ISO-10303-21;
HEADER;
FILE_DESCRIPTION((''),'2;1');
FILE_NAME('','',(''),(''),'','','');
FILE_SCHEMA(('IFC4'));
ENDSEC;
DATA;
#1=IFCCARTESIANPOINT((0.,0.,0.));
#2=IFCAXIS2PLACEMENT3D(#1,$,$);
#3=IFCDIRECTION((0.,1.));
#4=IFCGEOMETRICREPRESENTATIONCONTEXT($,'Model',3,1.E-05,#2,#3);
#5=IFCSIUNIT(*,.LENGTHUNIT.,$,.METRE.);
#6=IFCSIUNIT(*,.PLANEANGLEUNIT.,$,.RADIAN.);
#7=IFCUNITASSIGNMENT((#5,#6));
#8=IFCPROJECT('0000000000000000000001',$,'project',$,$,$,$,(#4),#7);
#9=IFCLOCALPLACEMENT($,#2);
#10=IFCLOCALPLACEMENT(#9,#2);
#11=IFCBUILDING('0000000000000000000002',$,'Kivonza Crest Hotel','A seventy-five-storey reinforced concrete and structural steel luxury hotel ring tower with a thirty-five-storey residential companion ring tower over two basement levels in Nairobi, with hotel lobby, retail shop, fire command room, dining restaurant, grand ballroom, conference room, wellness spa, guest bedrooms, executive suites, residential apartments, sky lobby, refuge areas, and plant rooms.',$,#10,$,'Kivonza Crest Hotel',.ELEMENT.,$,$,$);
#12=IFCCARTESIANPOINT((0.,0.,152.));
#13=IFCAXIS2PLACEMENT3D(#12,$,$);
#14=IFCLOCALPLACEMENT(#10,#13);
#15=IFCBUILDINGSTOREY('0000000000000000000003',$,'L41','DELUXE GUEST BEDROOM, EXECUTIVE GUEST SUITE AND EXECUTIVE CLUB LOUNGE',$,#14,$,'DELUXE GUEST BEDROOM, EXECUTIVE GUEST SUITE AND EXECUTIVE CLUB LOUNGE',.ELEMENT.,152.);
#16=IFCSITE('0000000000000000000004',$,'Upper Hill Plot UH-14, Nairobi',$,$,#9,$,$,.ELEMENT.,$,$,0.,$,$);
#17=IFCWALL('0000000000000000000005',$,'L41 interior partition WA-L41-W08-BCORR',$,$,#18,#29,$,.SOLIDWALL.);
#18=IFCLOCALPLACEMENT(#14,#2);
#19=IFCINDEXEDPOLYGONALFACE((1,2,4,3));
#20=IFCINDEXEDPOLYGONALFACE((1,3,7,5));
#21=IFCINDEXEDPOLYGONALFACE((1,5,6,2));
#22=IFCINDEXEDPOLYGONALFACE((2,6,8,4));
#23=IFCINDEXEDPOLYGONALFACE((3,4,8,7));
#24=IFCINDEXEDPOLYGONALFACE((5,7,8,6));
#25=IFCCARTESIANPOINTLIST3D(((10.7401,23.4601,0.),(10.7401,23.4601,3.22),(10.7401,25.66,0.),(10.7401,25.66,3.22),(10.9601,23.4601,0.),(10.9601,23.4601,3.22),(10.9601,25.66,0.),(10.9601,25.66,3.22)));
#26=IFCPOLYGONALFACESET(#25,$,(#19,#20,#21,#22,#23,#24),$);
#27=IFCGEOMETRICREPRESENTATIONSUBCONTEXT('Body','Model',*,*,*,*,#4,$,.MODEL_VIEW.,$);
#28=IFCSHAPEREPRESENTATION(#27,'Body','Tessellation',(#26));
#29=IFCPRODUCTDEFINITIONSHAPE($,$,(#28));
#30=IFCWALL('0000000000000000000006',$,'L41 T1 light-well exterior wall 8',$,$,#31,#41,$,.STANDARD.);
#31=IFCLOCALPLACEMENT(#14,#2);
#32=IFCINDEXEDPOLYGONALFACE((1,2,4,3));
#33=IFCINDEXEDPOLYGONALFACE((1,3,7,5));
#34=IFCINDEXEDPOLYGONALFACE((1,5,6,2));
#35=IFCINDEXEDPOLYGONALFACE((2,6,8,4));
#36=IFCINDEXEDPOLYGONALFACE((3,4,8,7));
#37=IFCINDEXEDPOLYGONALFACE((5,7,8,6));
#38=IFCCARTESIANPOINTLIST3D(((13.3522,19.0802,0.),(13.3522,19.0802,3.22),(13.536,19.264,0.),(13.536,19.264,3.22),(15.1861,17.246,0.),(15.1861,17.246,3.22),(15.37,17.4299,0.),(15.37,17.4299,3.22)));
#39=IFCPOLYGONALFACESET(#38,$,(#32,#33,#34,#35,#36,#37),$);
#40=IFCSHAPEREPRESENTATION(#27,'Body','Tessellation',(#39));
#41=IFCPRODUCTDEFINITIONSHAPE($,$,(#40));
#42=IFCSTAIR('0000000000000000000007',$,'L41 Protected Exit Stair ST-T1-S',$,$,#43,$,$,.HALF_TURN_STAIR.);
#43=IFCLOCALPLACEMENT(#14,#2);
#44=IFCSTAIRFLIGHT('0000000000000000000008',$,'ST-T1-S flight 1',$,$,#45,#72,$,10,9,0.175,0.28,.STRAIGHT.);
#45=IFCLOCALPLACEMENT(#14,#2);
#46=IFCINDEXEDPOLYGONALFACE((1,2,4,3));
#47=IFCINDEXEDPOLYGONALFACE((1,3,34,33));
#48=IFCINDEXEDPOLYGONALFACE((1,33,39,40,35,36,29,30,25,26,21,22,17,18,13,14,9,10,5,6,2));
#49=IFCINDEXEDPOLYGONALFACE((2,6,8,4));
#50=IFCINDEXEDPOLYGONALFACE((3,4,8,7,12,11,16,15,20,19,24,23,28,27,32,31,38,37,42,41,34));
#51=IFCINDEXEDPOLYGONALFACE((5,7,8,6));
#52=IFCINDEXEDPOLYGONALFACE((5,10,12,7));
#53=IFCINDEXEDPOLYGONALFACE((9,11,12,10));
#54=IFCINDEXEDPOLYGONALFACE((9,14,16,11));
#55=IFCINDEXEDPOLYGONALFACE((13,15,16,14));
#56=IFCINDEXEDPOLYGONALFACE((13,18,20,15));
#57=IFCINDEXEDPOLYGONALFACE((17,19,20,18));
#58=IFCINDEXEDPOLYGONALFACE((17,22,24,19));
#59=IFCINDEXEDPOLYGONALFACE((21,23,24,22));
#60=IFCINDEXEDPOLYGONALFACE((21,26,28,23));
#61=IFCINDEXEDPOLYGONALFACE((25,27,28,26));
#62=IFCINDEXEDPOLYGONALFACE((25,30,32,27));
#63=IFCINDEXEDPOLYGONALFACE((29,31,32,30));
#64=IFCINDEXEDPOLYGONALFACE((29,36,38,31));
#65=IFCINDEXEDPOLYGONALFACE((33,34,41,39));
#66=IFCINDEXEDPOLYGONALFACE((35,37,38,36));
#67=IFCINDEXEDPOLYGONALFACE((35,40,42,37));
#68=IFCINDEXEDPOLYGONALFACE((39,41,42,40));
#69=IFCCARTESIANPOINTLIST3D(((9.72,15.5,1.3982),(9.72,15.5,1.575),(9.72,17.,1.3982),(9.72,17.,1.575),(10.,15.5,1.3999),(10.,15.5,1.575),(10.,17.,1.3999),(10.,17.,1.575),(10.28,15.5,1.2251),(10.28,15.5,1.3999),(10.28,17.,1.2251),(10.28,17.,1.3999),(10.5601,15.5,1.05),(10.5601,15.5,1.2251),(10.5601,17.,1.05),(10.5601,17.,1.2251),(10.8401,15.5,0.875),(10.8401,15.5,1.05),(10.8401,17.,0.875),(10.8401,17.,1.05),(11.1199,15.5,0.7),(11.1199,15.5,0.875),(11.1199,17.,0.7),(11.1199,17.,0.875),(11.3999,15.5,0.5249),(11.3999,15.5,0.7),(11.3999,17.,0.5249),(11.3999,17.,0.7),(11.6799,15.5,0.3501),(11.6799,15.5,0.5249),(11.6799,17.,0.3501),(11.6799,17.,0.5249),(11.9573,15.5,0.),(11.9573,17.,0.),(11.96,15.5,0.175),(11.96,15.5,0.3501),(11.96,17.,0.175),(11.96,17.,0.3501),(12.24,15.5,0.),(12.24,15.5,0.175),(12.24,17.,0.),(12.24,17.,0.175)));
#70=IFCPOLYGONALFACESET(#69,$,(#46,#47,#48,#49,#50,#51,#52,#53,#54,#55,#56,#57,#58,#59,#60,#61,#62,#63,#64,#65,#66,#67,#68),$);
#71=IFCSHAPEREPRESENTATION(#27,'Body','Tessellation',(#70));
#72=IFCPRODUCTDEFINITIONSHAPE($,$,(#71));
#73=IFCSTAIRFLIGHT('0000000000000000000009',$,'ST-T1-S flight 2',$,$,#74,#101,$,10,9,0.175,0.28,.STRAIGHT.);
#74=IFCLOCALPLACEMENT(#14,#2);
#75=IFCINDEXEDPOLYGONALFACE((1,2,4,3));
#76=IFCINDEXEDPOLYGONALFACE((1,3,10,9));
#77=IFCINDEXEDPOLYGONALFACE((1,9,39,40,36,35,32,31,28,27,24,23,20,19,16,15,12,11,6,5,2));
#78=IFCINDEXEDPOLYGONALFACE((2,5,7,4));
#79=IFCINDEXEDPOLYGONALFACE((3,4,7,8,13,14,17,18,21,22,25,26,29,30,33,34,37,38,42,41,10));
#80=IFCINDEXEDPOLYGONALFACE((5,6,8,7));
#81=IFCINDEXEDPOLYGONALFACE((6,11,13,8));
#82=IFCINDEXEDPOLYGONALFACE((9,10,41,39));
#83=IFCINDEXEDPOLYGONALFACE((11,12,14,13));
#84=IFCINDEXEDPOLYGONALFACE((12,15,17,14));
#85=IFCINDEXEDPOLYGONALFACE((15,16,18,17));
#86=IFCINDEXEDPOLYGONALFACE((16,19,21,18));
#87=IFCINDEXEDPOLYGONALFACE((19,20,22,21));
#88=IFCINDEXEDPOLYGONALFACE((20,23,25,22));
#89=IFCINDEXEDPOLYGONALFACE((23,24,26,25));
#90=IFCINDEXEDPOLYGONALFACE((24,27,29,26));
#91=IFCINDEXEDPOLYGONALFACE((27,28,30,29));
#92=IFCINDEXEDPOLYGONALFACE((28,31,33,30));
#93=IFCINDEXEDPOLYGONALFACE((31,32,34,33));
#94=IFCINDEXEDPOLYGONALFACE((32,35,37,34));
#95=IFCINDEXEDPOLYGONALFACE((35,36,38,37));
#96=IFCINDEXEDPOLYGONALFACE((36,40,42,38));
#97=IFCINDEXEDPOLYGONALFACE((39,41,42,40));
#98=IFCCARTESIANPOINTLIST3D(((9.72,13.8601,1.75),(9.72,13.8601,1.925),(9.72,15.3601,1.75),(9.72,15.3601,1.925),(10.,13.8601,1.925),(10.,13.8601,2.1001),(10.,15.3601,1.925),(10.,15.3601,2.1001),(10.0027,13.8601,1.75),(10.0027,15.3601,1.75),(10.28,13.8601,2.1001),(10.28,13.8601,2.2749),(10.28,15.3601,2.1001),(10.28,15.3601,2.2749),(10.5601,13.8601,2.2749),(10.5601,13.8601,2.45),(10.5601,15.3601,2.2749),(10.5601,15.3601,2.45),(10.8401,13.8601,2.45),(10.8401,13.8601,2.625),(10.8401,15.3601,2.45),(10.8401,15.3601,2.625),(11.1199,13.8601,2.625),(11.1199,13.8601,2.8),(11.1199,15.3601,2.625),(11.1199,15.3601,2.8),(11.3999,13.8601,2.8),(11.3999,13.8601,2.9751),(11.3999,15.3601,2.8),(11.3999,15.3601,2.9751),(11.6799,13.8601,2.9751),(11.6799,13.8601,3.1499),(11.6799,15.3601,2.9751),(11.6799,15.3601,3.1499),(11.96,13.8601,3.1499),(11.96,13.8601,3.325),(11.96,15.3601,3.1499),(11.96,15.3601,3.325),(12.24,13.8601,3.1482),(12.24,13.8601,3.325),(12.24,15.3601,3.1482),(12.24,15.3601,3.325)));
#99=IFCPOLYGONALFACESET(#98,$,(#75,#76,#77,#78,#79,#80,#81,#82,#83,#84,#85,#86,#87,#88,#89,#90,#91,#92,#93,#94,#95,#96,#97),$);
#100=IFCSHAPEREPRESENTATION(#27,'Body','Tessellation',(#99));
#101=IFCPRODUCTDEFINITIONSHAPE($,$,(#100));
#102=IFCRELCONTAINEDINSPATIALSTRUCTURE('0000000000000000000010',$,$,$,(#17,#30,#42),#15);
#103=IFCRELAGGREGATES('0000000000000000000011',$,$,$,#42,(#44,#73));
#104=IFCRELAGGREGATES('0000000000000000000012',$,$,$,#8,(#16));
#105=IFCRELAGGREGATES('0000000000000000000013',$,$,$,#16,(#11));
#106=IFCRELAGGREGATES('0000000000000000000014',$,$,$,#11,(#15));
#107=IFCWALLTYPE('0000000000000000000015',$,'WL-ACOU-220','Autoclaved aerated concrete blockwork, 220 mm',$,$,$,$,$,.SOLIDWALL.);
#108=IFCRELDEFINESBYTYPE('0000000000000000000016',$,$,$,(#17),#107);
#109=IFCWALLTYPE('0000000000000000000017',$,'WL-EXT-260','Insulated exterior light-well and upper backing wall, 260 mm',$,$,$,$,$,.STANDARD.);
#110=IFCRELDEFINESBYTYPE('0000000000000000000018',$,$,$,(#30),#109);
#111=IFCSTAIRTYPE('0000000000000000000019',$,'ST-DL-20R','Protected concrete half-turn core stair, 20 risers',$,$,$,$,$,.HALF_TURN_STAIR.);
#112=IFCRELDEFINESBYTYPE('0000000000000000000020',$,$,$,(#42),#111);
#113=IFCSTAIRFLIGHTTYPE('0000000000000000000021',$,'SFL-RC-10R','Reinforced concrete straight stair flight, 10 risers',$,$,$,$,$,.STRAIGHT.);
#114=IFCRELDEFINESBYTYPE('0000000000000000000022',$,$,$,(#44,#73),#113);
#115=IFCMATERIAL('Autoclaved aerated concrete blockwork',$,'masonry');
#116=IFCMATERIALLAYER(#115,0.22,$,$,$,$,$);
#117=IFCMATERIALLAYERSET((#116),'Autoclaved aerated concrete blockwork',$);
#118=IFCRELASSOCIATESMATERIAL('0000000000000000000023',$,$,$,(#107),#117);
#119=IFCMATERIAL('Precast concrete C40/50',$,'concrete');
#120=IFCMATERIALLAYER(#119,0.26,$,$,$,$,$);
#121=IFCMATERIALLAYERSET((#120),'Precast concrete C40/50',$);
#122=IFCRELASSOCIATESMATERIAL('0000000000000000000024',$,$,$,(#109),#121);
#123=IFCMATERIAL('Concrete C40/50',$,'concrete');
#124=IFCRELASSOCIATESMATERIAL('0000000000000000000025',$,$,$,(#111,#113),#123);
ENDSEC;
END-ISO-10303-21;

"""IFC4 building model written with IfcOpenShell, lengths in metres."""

from ifc_helpers import new_model, si_unit, direction, frame, frame_2d, origin, place, context, subcontext, project, spatial, polyline, rectangle, outline, extrude, material, layer, layer_set, type_object, element, aggregate, save


model = new_model("IFC4")

# Units and contexts
model_context = context("Model", 3, precision=1e-05, world=origin(), true_north=direction((0.0, 1.0)))
body_context = subcontext(model_context, "Body", "Model", "MODEL_VIEW")
ifc_project = project(units=[si_unit("LENGTHUNIT", "METRE"), si_unit("PLANEANGLEUNIT", "RADIAN")], contexts=[model_context])

# Site, building, storey
site_placement = place(None, origin())
site = spatial("IfcSite", under=ifc_project, at=site_placement, Name="Upper Hill Plot UH-14, Nairobi", CompositionType="ELEMENT", RefElevation=0.0)
building_placement = place(site_placement, origin())
building = spatial("IfcBuilding", under=site, at=building_placement, Name="Kivonza Crest Hotel", Description="A seventy-five-storey reinforced concrete and structural steel luxury hotel ring tower with a thirty-five-storey residential companion ring tower over two basement levels in Nairobi, with hotel lobby, retail shop, fire command room, dining restaurant, grand ballroom, conference room, wellness spa, guest bedrooms, executive suites, residential apartments, sky lobby, refuge areas, and plant rooms.", LongName="Kivonza Crest Hotel", CompositionType="ELEMENT")
storey_placement = place(building_placement, frame((0.0, 0.0, 152.0)))
storey = spatial("IfcBuildingStorey", under=building, at=storey_placement, Name="L41", Description="DELUXE GUEST BEDROOM, EXECUTIVE GUEST SUITE AND EXECUTIVE CLUB LOUNGE", LongName="DELUXE GUEST BEDROOM, EXECUTIVE GUEST SUITE AND EXECUTIVE CLUB LOUNGE", CompositionType="ELEMENT", Elevation=152.0)

# Shared definitions
ifc_material_1 = material(Name="Autoclaved aerated concrete blockwork", Category="masonry")
ifc_layer_1 = layer(ifc_material_1, 0.22)
ifc_layer_set_1 = layer_set([ifc_layer_1], Name="Autoclaved aerated concrete blockwork")
wall_type_1 = type_object("IfcWallType", Name="WL-ACOU-220", Description="Autoclaved aerated concrete blockwork, 220 mm", PredefinedType="SOLIDWALL", material=ifc_layer_set_1)

# Walls
wall_1_placement = place(storey_placement, frame((10.8501, 23.46, 0.0), z_axis=(0.0, 0.0, 1.0), x_axis=(0.0, 1.0, 0.0)))
element("IfcWall", 1, at=wall_1_placement, inside=storey, type_object=wall_type_1, Name="L41 interior partition WA-L41-W08-BCORR", PredefinedType="SOLIDWALL", context=body_context, shape_type="SweptSolid", body=[
    extrude(rectangle(XDim=2.2, YDim=0.22, at=frame_2d((1.1001, 0.0))), origin(), (0.0, 0.0, 1.0), 3.22),
])
ifc_material_2 = material(Name="Precast concrete C40/50", Category="concrete")
ifc_layer_2 = layer(ifc_material_2, 0.26)
ifc_layer_set_2 = layer_set([ifc_layer_2], Name="Precast concrete C40/50")
wall_type_2 = type_object("IfcWallType", Name="WL-EXT-260", Description="Insulated exterior light-well and upper backing wall, 260 mm", PredefinedType="STANDARD", material=ifc_layer_set_2)
wall_2_placement = place(storey_placement, frame((13.4441, 19.1721, 0.0), z_axis=(0.0, 0.0, 1.0), x_axis=(0.70706, -0.707154, 0.0)))
element("IfcWall", 2, at=wall_2_placement, inside=storey, type_object=wall_type_2, Name="L41 T1 light-well exterior wall 8", PredefinedType="STANDARD", context=body_context, shape_type="SweptSolid", body=[
    extrude(rectangle(XDim=2.5938, YDim=0.26, at=frame_2d((1.2969, 0.0))), origin(), (0.0, 0.0, 1.0), 3.22),
])

# Stair, stair flights
ifc_material_3 = material(Name="Concrete C40/50", Category="concrete")
stair_type = type_object("IfcStairType", Name="ST-DL-20R", Description="Protected concrete half-turn core stair, 20 risers", PredefinedType="HALF_TURN_STAIR", material=ifc_material_3)
stair_placement = place(storey_placement, origin())
stair = element("IfcStair", 3, at=stair_placement, inside=storey, type_object=stair_type, Name="L41 Protected Exit Stair ST-T1-S", PredefinedType="HALF_TURN_STAIR")
stair_flight_type = type_object("IfcStairFlightType", Name="SFL-RC-10R", Description="Reinforced concrete straight stair flight, 10 risers", PredefinedType="STRAIGHT", material=ifc_material_3)
stair_flight_1_placement = place(storey_placement, frame((12.24, 16.25, 0.0), z_axis=(0.0, 0.0, 1.0), x_axis=(-1.0, 0.0, 0.0)))
stair_flight_1 = element("IfcStairFlight", 4, at=stair_flight_1_placement, type_object=stair_flight_type, Name="ST-T1-S flight 1", NumberOfRisers=10, NumberOfTreads=9, PredefinedType="STRAIGHT", RiserHeight=0.175, TreadLength=0.28, context=body_context, shape_type="SweptSolid", body=[
    extrude(outline(polyline([(0.0, 0.0), (0.0, 0.175), (0.28, 0.175), (0.28, 0.3501), (0.5601, 0.3501), (0.5601, 0.5249), (0.8401, 0.5249), (0.8401, 0.7), (1.1201, 0.7), (1.1201, 0.875), (1.3999, 0.875), (1.3999, 1.05), (1.6799, 1.05), (1.6799, 1.2251), (1.96, 1.2251), (1.96, 1.3999), (2.24, 1.3999), (2.24, 1.575), (2.52, 1.575), (2.52, 1.75), (2.52, 1.3982), (0.2827, 0.0), (0.0, 0.0)])), frame((0.0, 0.75, 0.0), z_axis=(0.0, -1.0, 0.0), x_axis=(1.0, 0.0, 0.0)), (0.0, 0.0, 1.0), 1.5),
])
stair_flight_2_placement = place(storey_placement, frame((9.72, 14.6101, 1.75), z_axis=(0.0, 0.0, 1.0), x_axis=(1.0, 0.0, 0.0)))
stair_flight_2 = element("IfcStairFlight", 5, at=stair_flight_2_placement, type_object=stair_flight_type, Name="ST-T1-S flight 2", NumberOfRisers=10, NumberOfTreads=9, PredefinedType="STRAIGHT", RiserHeight=0.175, TreadLength=0.28, context=body_context, shape_type="SweptSolid", body=[
    extrude(outline(polyline([(0.0, 0.0), (0.0, 0.175), (0.28, 0.175), (0.28, 0.3501), (0.5601, 0.3501), (0.5601, 0.5249), (0.8401, 0.5249), (0.8401, 0.7), (1.1201, 0.7), (1.1201, 0.875), (1.3999, 0.875), (1.3999, 1.05), (1.6799, 1.05), (1.6799, 1.2251), (1.96, 1.2251), (1.96, 1.3999), (2.24, 1.3999), (2.24, 1.575), (2.52, 1.575), (2.52, 1.75), (2.52, 1.3982), (0.2827, 0.0), (0.0, 0.0)])), frame((0.0, 0.75, 0.0), z_axis=(0.0, -1.0, 0.0), x_axis=(1.0, 0.0, 0.0)), (0.0, 0.0, 1.0), 1.5),
])
aggregate(stair, [stair_flight_1, stair_flight_2])

save(model, "model.ifc")
